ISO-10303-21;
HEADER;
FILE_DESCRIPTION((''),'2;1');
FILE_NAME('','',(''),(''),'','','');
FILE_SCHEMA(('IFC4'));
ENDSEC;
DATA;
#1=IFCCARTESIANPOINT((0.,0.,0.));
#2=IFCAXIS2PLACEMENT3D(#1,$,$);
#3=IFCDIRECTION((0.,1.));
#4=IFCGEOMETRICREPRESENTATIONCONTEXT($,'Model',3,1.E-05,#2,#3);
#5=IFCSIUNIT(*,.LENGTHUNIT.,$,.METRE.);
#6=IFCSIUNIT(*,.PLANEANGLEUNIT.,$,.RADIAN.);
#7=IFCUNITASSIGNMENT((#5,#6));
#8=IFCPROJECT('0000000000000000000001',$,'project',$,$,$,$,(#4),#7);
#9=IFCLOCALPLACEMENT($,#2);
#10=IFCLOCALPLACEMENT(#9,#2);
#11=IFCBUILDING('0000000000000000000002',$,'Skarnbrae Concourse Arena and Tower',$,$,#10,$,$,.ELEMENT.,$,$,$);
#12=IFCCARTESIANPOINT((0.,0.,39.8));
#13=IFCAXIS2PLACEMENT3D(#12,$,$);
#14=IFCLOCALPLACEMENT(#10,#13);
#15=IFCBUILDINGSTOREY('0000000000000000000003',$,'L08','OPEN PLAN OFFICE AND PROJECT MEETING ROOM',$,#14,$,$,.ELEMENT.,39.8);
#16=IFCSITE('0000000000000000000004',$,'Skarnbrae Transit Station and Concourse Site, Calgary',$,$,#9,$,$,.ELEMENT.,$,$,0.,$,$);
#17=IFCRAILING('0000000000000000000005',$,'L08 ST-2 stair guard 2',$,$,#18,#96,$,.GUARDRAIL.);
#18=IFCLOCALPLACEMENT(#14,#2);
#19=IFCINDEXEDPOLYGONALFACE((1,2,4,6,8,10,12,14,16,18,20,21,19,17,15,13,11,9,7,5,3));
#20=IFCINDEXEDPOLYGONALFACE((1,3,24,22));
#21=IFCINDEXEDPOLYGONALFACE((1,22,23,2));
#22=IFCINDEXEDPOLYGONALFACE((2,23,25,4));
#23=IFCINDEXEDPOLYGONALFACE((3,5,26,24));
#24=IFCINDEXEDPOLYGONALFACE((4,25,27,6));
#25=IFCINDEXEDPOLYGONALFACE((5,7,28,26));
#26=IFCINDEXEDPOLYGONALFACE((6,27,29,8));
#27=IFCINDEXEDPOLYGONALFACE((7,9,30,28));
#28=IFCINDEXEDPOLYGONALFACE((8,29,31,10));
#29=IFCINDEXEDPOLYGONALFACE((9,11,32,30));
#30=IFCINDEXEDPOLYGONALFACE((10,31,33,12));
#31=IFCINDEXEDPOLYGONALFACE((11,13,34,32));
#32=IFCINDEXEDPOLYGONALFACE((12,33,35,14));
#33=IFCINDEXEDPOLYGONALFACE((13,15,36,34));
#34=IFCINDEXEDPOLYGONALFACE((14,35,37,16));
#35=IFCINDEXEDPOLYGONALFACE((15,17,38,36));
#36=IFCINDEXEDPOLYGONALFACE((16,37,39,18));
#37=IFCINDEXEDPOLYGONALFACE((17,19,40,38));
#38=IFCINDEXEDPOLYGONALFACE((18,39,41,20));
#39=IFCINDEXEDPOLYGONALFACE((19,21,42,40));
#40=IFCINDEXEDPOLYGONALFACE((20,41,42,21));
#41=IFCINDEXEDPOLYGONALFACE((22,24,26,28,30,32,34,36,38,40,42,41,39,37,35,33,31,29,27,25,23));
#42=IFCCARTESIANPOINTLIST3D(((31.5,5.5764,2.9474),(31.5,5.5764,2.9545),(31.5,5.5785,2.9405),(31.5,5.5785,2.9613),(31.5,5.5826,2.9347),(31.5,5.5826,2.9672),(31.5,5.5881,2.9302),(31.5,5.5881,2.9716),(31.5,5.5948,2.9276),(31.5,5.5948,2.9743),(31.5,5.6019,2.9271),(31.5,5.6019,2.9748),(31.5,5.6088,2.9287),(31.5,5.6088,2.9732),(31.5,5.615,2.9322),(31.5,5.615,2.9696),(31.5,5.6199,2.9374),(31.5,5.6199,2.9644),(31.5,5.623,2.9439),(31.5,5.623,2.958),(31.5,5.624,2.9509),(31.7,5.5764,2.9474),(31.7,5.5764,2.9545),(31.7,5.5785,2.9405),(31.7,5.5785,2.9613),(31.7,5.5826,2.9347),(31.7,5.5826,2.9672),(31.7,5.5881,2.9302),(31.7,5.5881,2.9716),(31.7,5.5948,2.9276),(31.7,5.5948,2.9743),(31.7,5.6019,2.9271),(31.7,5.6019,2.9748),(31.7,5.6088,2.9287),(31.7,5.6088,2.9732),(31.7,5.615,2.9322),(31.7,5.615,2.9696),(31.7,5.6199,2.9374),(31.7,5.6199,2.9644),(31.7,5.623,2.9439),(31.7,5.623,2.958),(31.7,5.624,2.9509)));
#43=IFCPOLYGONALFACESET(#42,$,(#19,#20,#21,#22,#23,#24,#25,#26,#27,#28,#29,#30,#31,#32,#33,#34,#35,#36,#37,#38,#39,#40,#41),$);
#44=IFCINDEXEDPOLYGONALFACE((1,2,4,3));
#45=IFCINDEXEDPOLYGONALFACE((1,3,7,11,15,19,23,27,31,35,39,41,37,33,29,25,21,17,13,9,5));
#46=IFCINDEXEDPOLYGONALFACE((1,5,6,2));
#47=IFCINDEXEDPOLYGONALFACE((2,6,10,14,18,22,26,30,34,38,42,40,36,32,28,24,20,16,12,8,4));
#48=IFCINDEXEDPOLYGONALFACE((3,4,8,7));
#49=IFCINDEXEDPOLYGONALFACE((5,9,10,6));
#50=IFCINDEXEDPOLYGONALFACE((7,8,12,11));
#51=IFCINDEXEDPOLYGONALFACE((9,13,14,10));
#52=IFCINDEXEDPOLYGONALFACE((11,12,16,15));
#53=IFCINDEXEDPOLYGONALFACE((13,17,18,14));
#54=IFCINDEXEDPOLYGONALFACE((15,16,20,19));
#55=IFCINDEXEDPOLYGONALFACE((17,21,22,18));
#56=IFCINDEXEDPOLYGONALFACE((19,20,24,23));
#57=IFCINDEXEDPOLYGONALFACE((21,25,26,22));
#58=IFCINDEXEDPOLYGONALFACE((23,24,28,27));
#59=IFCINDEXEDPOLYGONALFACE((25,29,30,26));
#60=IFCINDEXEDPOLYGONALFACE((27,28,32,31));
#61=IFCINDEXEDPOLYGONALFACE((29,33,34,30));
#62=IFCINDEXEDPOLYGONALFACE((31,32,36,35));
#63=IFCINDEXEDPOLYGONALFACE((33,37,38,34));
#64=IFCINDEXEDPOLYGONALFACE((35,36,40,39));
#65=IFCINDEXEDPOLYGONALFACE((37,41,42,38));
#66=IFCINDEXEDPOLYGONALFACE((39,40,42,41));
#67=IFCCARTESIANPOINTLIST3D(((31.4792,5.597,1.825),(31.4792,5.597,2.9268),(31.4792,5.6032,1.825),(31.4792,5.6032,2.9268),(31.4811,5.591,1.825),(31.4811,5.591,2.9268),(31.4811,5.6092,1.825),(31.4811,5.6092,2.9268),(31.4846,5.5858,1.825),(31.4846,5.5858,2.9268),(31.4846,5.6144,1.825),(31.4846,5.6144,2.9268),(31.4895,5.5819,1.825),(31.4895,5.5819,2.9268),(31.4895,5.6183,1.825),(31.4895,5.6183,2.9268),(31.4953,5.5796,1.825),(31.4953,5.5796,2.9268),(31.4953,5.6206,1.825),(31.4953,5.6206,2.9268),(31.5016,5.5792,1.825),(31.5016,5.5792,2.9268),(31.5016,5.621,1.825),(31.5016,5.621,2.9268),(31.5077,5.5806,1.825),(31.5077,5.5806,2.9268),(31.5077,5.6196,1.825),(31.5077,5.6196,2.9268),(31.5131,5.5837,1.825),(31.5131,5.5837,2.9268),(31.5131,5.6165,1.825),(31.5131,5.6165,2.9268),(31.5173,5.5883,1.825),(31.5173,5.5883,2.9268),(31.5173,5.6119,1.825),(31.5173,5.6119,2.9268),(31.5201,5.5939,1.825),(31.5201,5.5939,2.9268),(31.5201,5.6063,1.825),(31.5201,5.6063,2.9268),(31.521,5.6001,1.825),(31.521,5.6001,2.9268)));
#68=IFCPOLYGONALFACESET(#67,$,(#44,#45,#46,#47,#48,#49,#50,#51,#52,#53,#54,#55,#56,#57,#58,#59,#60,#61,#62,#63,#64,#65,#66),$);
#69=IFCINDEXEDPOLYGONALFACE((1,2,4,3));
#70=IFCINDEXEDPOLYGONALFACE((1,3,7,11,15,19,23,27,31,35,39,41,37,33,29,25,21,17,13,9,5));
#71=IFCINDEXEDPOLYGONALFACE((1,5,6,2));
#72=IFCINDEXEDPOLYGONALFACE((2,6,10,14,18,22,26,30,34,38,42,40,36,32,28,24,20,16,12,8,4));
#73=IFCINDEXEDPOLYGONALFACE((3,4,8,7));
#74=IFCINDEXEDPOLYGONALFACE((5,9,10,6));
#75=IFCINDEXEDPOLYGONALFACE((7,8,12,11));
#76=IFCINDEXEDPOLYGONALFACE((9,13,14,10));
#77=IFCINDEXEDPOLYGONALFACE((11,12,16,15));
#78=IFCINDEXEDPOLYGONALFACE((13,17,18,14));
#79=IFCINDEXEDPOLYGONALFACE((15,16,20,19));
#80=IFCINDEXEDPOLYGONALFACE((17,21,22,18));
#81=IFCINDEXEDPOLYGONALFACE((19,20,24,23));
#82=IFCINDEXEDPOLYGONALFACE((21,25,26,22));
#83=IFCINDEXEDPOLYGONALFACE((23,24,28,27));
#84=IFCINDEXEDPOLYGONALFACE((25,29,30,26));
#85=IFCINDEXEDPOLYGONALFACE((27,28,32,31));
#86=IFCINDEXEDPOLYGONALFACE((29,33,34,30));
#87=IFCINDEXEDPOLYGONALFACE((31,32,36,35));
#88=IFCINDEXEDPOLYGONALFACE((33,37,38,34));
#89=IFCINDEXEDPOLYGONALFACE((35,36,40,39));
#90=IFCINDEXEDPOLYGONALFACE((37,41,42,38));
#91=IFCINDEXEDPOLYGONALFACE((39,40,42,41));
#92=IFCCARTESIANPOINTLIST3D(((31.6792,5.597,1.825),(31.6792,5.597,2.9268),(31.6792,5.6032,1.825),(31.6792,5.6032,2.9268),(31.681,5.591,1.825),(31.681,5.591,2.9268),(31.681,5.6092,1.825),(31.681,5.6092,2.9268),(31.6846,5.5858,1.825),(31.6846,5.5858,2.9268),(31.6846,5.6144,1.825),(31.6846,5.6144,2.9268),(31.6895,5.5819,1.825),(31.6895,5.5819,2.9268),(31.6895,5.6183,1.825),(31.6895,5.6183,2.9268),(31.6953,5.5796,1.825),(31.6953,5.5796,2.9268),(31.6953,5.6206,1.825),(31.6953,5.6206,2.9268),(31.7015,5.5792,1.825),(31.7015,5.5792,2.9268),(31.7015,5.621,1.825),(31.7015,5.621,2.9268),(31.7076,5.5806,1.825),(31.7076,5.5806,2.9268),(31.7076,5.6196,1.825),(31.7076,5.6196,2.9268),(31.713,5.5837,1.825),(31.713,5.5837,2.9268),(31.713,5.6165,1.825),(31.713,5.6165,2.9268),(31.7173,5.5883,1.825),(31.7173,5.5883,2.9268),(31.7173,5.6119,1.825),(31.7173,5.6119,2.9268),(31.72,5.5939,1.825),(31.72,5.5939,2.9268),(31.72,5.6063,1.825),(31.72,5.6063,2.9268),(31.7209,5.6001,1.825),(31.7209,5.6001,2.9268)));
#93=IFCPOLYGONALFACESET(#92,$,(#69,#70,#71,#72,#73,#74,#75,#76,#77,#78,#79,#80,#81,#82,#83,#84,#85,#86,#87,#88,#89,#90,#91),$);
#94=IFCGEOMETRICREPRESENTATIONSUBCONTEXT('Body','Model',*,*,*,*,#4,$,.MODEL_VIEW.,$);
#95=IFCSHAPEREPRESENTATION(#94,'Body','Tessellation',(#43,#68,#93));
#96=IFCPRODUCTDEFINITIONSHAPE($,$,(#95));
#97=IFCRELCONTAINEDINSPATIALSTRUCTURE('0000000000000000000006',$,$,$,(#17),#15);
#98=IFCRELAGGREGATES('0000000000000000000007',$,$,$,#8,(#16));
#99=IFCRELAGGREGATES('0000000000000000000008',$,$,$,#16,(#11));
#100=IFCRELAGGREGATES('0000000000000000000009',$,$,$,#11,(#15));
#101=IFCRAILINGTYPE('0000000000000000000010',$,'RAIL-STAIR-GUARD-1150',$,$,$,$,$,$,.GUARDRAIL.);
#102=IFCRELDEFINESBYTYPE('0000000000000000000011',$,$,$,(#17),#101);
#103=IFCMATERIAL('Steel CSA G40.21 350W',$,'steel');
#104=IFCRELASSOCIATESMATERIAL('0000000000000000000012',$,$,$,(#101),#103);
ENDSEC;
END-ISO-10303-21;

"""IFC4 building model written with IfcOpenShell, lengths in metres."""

from ifc_helpers import new_model, si_unit, direction, frame, origin, origin_2d, place, context, subcontext, project, spatial, circle, extrude, material, type_object, element, save


model = new_model("IFC4")

# Units and contexts
model_context = context("Model", 3, precision=1e-05, world=origin(), true_north=direction((0.0, 1.0)))
body_context = subcontext(model_context, "Body", "Model", "MODEL_VIEW")
ifc_project = project(units=[si_unit("LENGTHUNIT", "METRE"), si_unit("PLANEANGLEUNIT", "RADIAN")], contexts=[model_context])

# Site, building, storey
site_placement = place(None, origin())
site = spatial("IfcSite", under=ifc_project, at=site_placement, Name="Skarnbrae Transit Station and Concourse Site, Calgary", CompositionType="ELEMENT", RefElevation=0.0)
building_placement = place(site_placement, origin())
building = spatial("IfcBuilding", under=site, at=building_placement, Name="Skarnbrae Concourse Arena and Tower", CompositionType="ELEMENT")
storey_placement = place(building_placement, frame((0.0, 0.0, 39.8)))
storey = spatial("IfcBuildingStorey", under=building, at=storey_placement, Name="L08", Description="OPEN PLAN OFFICE AND PROJECT MEETING ROOM", CompositionType="ELEMENT", Elevation=39.8)

# Shared definitions
ifc_material_1 = material(Name="Steel CSA G40.21 350W", Category="steel")

# Railing
railing_type_1 = type_object("IfcRailingType", Name="RAIL-STAIR-GUARD-1150", PredefinedType="GUARDRAIL", material=ifc_material_1)
railing_1_placement = place(storey_placement, frame((31.5, 5.6001, 1.825)))
element("IfcRailing", 1, at=railing_1_placement, inside=storey, type_object=railing_type_1, Name="L08 ST-2 stair guard 2", PredefinedType="GUARDRAIL", context=body_context, shape_type="SweptSolid", body=[
    extrude(circle(Radius=0.0239, at=origin_2d()), frame((0.0, 0.0, 1.126), z_axis=(1.0, 0.0, 0.0), x_axis=(0.0, 1.0, 0.0)), (0.0, 0.0, 1.0), 0.2),
    extrude(circle(Radius=0.021, at=origin_2d()), origin(), (0.0, 0.0, 1.0), 1.1018),
    extrude(circle(Radius=0.021, at=origin_2d()), frame((0.2, 0.0, 0.0)), (0.0, 0.0, 1.0), 1.1018),
])

save(model, "model.ifc")
